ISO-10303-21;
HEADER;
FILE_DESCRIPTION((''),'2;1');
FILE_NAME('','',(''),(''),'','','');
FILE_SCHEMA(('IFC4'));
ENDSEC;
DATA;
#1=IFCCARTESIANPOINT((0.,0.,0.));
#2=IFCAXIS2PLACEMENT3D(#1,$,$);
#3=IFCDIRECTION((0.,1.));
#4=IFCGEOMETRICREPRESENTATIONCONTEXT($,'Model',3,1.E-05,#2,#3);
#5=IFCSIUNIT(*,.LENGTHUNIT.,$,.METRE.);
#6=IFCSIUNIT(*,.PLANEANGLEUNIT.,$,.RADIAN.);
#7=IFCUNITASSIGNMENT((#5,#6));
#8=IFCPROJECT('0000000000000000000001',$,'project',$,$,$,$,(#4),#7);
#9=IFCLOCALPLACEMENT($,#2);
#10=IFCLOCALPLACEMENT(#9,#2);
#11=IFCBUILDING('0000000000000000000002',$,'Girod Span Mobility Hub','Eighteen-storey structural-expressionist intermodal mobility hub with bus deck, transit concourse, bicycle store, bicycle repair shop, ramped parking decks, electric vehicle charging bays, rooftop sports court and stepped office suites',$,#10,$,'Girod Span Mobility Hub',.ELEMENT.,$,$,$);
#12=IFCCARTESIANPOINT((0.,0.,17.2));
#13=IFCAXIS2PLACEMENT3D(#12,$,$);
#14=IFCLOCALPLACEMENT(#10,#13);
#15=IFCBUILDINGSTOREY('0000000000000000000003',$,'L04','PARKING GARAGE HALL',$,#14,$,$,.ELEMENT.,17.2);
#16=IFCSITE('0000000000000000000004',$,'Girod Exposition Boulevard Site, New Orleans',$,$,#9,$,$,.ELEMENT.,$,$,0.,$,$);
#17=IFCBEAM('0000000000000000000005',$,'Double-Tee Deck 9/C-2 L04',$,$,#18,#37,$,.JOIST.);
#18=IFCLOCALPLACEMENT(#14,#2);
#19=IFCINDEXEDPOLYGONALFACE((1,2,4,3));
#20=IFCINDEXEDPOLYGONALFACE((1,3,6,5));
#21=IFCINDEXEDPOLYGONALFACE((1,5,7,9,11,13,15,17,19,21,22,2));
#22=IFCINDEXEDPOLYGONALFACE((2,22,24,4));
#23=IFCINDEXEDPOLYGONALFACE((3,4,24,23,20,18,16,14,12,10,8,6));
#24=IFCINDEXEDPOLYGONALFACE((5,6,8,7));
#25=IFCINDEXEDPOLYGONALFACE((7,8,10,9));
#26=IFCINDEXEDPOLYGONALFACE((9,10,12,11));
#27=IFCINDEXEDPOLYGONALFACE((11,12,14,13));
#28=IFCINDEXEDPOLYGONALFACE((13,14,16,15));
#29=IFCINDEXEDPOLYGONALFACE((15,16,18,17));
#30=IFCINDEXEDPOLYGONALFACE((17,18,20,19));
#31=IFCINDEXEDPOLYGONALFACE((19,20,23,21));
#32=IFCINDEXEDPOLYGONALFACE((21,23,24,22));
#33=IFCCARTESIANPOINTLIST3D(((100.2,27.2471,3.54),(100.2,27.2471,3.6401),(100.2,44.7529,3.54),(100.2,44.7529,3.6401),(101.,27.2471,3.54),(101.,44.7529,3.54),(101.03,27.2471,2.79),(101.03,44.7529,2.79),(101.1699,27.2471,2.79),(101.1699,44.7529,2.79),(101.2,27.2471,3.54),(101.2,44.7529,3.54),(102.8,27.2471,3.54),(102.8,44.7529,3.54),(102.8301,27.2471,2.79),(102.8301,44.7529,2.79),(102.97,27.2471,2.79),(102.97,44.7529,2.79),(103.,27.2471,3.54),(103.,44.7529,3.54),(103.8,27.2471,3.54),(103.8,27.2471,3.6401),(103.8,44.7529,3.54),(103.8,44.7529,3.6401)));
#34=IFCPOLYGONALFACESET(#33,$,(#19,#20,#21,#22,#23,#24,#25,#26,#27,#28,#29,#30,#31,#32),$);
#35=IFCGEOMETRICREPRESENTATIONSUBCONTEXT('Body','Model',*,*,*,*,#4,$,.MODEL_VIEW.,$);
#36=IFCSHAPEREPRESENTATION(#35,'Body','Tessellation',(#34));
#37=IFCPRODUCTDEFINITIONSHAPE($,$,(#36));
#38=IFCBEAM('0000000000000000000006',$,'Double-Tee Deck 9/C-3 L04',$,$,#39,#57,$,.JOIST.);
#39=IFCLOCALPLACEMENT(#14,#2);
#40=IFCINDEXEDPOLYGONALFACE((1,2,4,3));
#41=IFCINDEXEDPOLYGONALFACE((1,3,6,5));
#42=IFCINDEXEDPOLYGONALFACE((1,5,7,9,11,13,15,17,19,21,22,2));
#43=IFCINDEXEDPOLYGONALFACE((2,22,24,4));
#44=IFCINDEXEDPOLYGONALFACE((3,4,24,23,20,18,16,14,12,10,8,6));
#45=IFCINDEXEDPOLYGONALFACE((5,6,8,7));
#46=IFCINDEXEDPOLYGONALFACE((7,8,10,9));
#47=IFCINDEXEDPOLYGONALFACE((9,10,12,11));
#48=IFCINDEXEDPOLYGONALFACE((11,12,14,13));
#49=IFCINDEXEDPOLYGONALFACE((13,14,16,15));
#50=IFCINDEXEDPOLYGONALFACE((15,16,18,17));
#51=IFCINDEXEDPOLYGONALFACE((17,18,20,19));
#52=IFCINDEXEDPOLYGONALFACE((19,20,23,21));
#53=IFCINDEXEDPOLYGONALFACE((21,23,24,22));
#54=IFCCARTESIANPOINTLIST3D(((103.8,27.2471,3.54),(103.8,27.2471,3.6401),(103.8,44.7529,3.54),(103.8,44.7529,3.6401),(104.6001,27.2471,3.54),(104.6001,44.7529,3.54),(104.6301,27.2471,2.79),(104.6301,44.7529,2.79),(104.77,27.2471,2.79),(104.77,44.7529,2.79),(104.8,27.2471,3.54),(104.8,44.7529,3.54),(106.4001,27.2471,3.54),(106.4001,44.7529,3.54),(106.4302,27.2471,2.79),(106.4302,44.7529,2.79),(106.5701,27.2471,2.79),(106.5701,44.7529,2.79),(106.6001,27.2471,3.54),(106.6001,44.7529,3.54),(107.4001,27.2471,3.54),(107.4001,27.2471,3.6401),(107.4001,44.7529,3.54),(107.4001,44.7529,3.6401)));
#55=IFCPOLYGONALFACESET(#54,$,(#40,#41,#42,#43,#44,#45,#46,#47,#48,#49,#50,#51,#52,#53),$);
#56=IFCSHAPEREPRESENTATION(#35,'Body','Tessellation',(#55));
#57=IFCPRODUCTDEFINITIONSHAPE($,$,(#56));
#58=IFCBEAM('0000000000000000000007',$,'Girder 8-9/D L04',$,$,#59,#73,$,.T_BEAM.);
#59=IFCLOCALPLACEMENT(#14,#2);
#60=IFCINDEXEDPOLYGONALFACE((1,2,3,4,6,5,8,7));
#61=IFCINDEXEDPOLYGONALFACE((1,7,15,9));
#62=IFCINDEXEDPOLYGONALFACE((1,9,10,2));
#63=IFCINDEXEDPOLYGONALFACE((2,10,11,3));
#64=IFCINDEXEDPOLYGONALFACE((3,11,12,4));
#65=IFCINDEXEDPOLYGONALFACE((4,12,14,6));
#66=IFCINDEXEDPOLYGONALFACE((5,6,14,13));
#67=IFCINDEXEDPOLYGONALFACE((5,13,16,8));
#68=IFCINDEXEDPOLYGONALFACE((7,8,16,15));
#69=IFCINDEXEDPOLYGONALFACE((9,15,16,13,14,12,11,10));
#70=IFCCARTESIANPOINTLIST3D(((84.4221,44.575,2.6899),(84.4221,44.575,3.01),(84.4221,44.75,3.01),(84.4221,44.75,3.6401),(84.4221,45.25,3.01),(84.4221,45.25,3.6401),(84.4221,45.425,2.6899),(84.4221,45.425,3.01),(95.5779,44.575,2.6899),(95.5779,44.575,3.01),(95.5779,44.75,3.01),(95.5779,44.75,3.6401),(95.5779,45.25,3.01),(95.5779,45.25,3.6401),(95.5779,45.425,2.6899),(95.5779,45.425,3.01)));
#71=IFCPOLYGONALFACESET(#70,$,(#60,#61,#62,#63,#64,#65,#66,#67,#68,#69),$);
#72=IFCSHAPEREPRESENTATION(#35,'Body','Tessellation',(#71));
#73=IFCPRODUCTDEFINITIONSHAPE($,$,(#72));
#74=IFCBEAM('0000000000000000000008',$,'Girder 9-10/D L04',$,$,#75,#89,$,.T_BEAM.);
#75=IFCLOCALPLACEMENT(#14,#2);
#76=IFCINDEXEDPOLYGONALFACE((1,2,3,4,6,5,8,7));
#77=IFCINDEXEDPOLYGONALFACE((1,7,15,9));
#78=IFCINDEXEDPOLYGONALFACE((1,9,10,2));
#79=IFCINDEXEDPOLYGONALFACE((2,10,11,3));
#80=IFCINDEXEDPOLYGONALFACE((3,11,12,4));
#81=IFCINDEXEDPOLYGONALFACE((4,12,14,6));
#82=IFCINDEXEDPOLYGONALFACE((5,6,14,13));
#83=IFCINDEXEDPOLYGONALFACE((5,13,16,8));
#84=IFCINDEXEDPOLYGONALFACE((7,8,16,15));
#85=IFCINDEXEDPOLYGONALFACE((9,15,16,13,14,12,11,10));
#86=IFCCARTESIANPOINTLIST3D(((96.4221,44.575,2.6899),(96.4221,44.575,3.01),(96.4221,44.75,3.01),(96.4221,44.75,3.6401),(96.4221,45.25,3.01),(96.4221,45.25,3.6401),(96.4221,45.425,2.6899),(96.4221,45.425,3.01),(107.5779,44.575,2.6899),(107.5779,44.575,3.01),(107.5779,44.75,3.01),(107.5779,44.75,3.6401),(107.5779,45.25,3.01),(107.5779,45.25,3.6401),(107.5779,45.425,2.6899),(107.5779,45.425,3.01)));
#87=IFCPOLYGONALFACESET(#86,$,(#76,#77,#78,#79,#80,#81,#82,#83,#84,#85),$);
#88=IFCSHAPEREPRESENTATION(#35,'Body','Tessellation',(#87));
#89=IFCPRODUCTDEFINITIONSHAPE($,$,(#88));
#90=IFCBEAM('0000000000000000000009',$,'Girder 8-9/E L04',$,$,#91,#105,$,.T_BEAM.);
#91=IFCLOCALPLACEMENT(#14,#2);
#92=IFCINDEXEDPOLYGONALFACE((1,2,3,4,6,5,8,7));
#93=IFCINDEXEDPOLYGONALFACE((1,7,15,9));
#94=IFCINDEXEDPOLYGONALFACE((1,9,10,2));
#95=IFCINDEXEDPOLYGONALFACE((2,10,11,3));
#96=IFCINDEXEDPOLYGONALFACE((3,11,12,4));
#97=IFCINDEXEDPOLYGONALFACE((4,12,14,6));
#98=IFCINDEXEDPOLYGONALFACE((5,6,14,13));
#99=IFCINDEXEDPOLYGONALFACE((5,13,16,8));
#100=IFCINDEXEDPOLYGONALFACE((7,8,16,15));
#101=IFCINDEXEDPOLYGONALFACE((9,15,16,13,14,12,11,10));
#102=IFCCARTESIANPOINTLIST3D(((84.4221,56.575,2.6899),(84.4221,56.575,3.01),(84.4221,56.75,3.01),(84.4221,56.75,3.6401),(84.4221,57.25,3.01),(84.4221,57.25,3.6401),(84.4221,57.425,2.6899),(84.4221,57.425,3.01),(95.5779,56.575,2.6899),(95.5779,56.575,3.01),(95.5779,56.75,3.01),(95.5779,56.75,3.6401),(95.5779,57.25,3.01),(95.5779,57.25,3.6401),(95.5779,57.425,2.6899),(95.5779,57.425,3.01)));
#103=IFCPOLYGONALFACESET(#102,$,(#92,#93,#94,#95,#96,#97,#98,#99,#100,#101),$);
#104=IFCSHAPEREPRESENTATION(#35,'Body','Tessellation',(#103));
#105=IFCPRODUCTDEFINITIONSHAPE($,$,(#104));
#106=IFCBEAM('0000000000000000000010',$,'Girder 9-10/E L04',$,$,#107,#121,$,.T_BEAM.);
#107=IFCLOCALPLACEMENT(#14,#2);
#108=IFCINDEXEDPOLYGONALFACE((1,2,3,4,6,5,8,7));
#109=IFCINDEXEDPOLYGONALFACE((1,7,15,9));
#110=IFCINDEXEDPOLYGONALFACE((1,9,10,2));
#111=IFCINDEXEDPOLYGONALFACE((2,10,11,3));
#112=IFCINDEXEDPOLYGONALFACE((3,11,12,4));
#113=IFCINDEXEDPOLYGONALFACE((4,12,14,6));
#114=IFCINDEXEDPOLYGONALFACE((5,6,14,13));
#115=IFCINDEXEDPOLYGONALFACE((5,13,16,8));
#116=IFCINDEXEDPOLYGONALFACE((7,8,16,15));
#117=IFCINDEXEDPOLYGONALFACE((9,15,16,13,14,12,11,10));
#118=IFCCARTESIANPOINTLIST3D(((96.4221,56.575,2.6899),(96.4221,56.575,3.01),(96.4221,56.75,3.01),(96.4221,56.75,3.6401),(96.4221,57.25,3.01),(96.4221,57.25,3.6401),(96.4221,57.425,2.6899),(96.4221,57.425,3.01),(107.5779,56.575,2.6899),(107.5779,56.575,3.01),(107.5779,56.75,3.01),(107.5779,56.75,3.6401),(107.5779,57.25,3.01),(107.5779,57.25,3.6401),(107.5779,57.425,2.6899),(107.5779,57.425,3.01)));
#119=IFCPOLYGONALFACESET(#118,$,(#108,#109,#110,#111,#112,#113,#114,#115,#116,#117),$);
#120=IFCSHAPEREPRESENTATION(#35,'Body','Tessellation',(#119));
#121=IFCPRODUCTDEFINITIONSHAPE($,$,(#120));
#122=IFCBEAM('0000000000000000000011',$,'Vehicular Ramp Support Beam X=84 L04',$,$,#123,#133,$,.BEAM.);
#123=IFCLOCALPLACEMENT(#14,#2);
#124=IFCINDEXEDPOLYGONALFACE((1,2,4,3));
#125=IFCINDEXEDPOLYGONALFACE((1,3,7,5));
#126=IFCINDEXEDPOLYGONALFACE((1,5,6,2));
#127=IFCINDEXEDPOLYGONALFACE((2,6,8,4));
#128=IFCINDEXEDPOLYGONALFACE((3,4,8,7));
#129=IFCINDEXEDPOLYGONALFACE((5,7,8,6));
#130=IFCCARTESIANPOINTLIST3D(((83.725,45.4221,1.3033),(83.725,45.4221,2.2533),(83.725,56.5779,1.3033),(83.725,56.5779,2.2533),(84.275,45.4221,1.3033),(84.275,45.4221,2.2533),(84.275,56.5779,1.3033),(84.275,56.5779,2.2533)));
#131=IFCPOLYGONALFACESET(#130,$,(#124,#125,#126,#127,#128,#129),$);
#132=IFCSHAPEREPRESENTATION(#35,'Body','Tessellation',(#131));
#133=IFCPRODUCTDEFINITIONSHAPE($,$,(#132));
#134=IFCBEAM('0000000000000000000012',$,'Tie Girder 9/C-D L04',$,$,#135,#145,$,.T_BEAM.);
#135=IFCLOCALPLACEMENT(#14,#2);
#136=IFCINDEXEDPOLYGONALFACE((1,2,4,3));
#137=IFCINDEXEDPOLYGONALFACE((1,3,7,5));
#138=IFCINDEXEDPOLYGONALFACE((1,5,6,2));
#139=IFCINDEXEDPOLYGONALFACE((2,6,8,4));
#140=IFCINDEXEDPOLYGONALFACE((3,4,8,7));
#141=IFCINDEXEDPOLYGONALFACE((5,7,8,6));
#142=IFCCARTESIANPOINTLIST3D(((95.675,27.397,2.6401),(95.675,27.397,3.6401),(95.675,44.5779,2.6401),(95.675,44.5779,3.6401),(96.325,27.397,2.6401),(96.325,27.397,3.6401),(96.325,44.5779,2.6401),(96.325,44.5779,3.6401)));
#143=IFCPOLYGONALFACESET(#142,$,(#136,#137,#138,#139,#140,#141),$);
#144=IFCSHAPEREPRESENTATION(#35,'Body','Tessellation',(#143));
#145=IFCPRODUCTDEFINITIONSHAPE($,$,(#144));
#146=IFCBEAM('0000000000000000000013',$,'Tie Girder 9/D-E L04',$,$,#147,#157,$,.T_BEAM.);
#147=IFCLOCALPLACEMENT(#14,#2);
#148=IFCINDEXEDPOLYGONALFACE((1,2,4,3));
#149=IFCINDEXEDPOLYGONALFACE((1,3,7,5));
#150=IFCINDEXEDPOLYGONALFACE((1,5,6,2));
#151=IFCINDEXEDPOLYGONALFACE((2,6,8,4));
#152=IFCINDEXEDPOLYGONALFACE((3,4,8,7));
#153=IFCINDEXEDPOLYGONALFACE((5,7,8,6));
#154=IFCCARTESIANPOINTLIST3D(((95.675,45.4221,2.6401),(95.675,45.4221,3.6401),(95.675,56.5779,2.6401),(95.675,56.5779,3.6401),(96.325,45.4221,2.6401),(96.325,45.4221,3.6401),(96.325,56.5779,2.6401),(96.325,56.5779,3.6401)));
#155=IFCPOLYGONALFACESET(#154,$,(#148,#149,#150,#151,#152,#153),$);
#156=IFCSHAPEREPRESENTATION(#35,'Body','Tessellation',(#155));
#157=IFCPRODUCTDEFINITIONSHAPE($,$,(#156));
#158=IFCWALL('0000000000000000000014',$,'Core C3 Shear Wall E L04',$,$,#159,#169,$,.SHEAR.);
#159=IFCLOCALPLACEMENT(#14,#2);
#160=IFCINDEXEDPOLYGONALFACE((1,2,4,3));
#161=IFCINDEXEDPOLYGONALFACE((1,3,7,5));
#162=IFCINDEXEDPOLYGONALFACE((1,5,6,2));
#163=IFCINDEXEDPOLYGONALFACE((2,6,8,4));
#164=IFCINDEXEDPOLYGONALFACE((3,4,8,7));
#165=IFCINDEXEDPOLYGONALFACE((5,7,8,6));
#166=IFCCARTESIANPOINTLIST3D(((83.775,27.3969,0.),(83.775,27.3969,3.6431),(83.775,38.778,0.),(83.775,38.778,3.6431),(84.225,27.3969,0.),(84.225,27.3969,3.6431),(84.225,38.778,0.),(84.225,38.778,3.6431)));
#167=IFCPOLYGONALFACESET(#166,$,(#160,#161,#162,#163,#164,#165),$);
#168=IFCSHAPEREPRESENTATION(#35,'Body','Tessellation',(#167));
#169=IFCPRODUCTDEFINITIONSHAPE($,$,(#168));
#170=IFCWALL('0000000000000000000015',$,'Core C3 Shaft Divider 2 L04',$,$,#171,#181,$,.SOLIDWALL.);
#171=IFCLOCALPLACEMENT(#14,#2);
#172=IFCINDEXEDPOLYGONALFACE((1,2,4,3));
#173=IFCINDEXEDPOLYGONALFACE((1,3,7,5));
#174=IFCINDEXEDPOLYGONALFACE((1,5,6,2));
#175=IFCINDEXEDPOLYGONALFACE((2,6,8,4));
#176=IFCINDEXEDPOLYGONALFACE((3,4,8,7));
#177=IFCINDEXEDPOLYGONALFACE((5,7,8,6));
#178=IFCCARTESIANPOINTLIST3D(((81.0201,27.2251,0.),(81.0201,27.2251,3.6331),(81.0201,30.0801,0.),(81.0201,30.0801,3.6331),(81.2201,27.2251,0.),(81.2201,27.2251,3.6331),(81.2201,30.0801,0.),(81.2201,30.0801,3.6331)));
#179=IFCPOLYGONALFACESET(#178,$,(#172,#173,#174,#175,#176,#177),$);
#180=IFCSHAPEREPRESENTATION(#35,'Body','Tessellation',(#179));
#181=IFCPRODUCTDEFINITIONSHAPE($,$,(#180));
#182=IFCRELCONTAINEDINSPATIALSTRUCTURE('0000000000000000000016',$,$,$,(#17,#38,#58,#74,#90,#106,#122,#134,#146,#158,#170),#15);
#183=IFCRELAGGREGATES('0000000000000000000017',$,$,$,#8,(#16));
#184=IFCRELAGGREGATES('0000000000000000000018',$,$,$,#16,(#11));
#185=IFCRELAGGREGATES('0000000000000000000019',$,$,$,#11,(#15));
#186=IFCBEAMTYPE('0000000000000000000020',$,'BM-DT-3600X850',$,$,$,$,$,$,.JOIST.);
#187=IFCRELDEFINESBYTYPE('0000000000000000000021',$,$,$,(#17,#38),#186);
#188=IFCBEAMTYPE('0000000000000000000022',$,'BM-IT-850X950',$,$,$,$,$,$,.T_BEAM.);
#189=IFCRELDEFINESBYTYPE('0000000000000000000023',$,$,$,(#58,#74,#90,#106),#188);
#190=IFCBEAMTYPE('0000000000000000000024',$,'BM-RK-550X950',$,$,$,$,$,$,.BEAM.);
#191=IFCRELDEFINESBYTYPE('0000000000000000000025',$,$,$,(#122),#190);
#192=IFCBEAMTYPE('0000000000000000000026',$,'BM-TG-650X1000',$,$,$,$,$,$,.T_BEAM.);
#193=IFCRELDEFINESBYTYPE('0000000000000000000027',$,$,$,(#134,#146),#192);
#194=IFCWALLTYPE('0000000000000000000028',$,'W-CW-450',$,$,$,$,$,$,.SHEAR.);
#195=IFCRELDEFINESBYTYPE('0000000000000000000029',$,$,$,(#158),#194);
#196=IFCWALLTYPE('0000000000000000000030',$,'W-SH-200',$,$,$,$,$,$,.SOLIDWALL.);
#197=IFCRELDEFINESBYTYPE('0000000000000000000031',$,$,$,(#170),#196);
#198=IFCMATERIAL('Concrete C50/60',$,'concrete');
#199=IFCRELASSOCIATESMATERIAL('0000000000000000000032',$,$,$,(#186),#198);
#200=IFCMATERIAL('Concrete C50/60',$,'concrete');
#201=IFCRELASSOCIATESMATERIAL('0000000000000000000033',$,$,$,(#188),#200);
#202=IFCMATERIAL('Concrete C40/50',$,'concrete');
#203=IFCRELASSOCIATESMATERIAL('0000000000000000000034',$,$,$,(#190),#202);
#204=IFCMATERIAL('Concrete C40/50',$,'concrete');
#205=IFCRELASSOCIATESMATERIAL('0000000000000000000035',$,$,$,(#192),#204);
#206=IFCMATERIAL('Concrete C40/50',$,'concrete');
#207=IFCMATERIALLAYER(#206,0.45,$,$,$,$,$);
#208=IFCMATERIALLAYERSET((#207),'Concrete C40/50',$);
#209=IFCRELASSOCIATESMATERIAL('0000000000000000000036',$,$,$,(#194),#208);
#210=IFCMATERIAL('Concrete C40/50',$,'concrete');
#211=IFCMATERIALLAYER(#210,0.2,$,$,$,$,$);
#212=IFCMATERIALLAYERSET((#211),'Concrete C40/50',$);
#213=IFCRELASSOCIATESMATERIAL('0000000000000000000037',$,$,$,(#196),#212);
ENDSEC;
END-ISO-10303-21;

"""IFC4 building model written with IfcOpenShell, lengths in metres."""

from ifc_helpers import new_model, si_unit, direction, frame, frame_2d, origin, origin_2d, place, context, subcontext, project, spatial, polyline, rectangle, outline, extrude, material, layer, layer_set, material_profile, profile_set, type_object, element, save


model = new_model("IFC4")

# Units and contexts
model_context = context("Model", 3, precision=1e-05, world=origin(), true_north=direction((0.0, 1.0)))
body_context = subcontext(model_context, "Body", "Model", "MODEL_VIEW")
ifc_project = project(units=[si_unit("LENGTHUNIT", "METRE"), si_unit("PLANEANGLEUNIT", "RADIAN")], contexts=[model_context])

# Site, building, storey
site_placement = place(None, origin())
site = spatial("IfcSite", under=ifc_project, at=site_placement, Name="Girod Exposition Boulevard Site, New Orleans", CompositionType="ELEMENT", RefElevation=0.0)
building_placement = place(site_placement, origin())
building = spatial("IfcBuilding", under=site, at=building_placement, Name="Girod Span Mobility Hub", Description="Eighteen-storey structural-expressionist intermodal mobility hub with bus deck, transit concourse, bicycle store, bicycle repair shop, ramped parking decks, electric vehicle charging bays, rooftop sports court and stepped office suites", LongName="Girod Span Mobility Hub", CompositionType="ELEMENT")
storey_placement = place(building_placement, frame((0.0, 0.0, 17.2)))
storey = spatial("IfcBuildingStorey", under=building, at=storey_placement, Name="L04", Description="PARKING GARAGE HALL", CompositionType="ELEMENT", Elevation=17.2)

# Beams
ifc_material_1 = material(Name="Concrete C50/60", Category="concrete")
ifc_material_profile_1 = material_profile(ifc_material_1, outline(polyline([(-1.8, 0.425), (-1.8, 0.325), (-1.0, 0.325), (-0.97, -0.425), (-0.8301, -0.425), (-0.8, 0.325), (0.8, 0.325), (0.8301, -0.425), (0.97, -0.425), (1.0, 0.325), (1.8, 0.325), (1.8, 0.425), (-1.8, 0.425)])), Name="DT-3600X850")
ifc_profile_set_1 = profile_set([ifc_material_profile_1], Name="Concrete C50/60")
beam_type_1 = type_object("IfcBeamType", Name="BM-DT-3600X850", PredefinedType="JOIST", material=ifc_profile_set_1)
for number, where, z_axis, x_axis, name in (
    (1, (102.0, 27.2471, 3.2151), (0.0, 1.0, 0.0), (-1.0, 0.0, 0.0), "Double-Tee Deck 9/C-2 L04"),
    (2, (105.6001, 27.2471, 3.2151), (0.0, 1.0, 0.0), (-1.0, 0.0, 0.0), "Double-Tee Deck 9/C-3 L04"),
):
    element("IfcBeam", number, at=place(storey_placement, frame(where, z_axis=z_axis, x_axis=x_axis)), inside=storey, type_object=beam_type_1, Name=name, PredefinedType="JOIST", context=body_context, shape_type="SweptSolid", body=[
        extrude(outline(polyline([(-1.8, 0.425), (-1.8, 0.325), (-1.0, 0.325), (-0.97, -0.425), (-0.8301, -0.425), (-0.8, 0.325), (0.8, 0.325), (0.8301, -0.425), (0.97, -0.425), (1.0, 0.325), (1.8, 0.325), (1.8, 0.425), (-1.8, 0.425)])), origin(), (0.0, 0.0, 1.0), 17.5059),
    ])
ifc_material_2 = material(Name="Concrete C50/60", Category="concrete")
ifc_material_profile_2 = material_profile(ifc_material_2, outline(polyline([(-0.425, -0.4751), (0.425, -0.4751), (0.425, -0.155), (0.25, -0.155), (0.25, 0.4751), (-0.25, 0.4751), (-0.25, -0.155), (-0.425, -0.155), (-0.425, -0.4751)])), Name="IT-850X950")
ifc_profile_set_2 = profile_set([ifc_material_profile_2], Name="Concrete C50/60")
beam_type_2 = type_object("IfcBeamType", Name="BM-IT-850X950", PredefinedType="T_BEAM", material=ifc_profile_set_2)
for number, where, z_axis, x_axis, name in (
    (3, (84.4221, 45.0, 3.165), (1.0, 0.0, 0.0), (0.0, 1.0, 0.0), "Girder 8-9/D L04"),
    (4, (96.4221, 45.0, 3.165), (1.0, 0.0, 0.0), (0.0, 1.0, 0.0), "Girder 9-10/D L04"),
    (5, (84.4221, 57.0, 3.165), (1.0, 0.0, 0.0), (0.0, 1.0, 0.0), "Girder 8-9/E L04"),
    (6, (96.4221, 57.0, 3.165), (1.0, 0.0, 0.0), (0.0, 1.0, 0.0), "Girder 9-10/E L04"),
):
    element("IfcBeam", number, at=place(storey_placement, frame(where, z_axis=z_axis, x_axis=x_axis)), inside=storey, type_object=beam_type_2, Name=name, PredefinedType="T_BEAM", context=body_context, shape_type="SweptSolid", body=[
        extrude(outline(polyline([(-0.425, -0.4751), (0.425, -0.4751), (0.425, -0.155), (0.25, -0.155), (0.25, 0.4751), (-0.25, 0.4751), (-0.25, -0.155), (-0.425, -0.155), (-0.425, -0.4751)])), origin(), (0.0, 0.0, 1.0), 11.1558),
    ])
ifc_material_3 = material(Name="Concrete C40/50", Category="concrete")
ifc_material_profile_3 = material_profile(ifc_material_3, rectangle(XDim=0.55, YDim=0.95, at=origin_2d()), Name="RK-550X950")
ifc_profile_set_3 = profile_set([ifc_material_profile_3], Name="Concrete C40/50")
beam_type_3 = type_object("IfcBeamType", Name="BM-RK-550X950", PredefinedType="BEAM", material=ifc_profile_set_3)
beam_1_placement = place(storey_placement, frame((84.0, 45.4221, 1.7783), z_axis=(0.0, 1.0, 0.0), x_axis=(-1.0, 0.0, 0.0)))
element("IfcBeam", 7, at=beam_1_placement, inside=storey, type_object=beam_type_3, Name="Vehicular Ramp Support Beam X=84 L04", PredefinedType="BEAM", context=body_context, shape_type="SweptSolid", body=[
    extrude(rectangle(XDim=0.55, YDim=0.95, at=origin_2d()), origin(), (0.0, 0.0, 1.0), 11.1558),
])
ifc_material_4 = material(Name="Concrete C40/50", Category="concrete")
ifc_material_profile_4 = material_profile(ifc_material_4, rectangle(XDim=0.6499, YDim=1.0, at=origin_2d()), Name="TG-650X1000")
ifc_profile_set_4 = profile_set([ifc_material_profile_4], Name="Concrete C40/50")
beam_type_4 = type_object("IfcBeamType", Name="BM-TG-650X1000", PredefinedType="T_BEAM", material=ifc_profile_set_4)
beam_2_placement = place(storey_placement, frame((96.0, 27.397, 3.1401), z_axis=(0.0, 1.0, 0.0), x_axis=(-1.0, 0.0, 0.0)))
element("IfcBeam", 8, at=beam_2_placement, inside=storey, type_object=beam_type_4, Name="Tie Girder 9/C-D L04", PredefinedType="T_BEAM", context=body_context, shape_type="SweptSolid", body=[
    extrude(rectangle(XDim=0.6499, YDim=1.0, at=origin_2d()), origin(), (0.0, 0.0, 1.0), 17.1809),
])
beam_3_placement = place(storey_placement, frame((96.0, 45.4221, 3.1401), z_axis=(0.0, 1.0, 0.0), x_axis=(-1.0, 0.0, 0.0)))
element("IfcBeam", 9, at=beam_3_placement, inside=storey, type_object=beam_type_4, Name="Tie Girder 9/D-E L04", PredefinedType="T_BEAM", context=body_context, shape_type="SweptSolid", body=[
    extrude(rectangle(XDim=0.6499, YDim=1.0, at=origin_2d()), origin(), (0.0, 0.0, 1.0), 11.1558),
])

# Walls
ifc_material_5 = material(Name="Concrete C40/50", Category="concrete")
ifc_layer_1 = layer(ifc_material_5, 0.45)
ifc_layer_set_1 = layer_set([ifc_layer_1], Name="Concrete C40/50")
wall_type_1 = type_object("IfcWallType", Name="W-CW-450", PredefinedType="SHEAR", material=ifc_layer_set_1)
wall_1_placement = place(storey_placement, frame((84.0, 27.397, 0.0), z_axis=(0.0, 0.0, 1.0), x_axis=(0.0, 1.0, 0.0)))
element("IfcWall", 10, at=wall_1_placement, inside=storey, type_object=wall_type_1, Name="Core C3 Shear Wall E L04", PredefinedType="SHEAR", context=body_context, shape_type="SweptSolid", body=[
    extrude(rectangle(XDim=11.3811, YDim=0.45, at=frame_2d((5.6904, 0.0))), origin(), (0.0, 0.0, 1.0), 3.6431),
])
ifc_material_6 = material(Name="Concrete C40/50", Category="concrete")
ifc_layer_2 = layer(ifc_material_6, 0.2)
ifc_layer_set_2 = layer_set([ifc_layer_2], Name="Concrete C40/50")
wall_type_2 = type_object("IfcWallType", Name="W-SH-200", PredefinedType="SOLIDWALL", material=ifc_layer_set_2)
wall_2_placement = place(storey_placement, frame((81.1201, 27.2251, 0.0), z_axis=(0.0, 0.0, 1.0), x_axis=(0.0, 1.0, 0.0)))
element("IfcWall", 11, at=wall_2_placement, inside=storey, type_object=wall_type_2, Name="Core C3 Shaft Divider 2 L04", PredefinedType="SOLIDWALL", context=body_context, shape_type="SweptSolid", body=[
    extrude(rectangle(XDim=2.855, YDim=0.2, at=frame_2d((1.4275, 0.0))), origin(), (0.0, 0.0, 1.0), 3.6331),
])

save(model, "model.ifc")
